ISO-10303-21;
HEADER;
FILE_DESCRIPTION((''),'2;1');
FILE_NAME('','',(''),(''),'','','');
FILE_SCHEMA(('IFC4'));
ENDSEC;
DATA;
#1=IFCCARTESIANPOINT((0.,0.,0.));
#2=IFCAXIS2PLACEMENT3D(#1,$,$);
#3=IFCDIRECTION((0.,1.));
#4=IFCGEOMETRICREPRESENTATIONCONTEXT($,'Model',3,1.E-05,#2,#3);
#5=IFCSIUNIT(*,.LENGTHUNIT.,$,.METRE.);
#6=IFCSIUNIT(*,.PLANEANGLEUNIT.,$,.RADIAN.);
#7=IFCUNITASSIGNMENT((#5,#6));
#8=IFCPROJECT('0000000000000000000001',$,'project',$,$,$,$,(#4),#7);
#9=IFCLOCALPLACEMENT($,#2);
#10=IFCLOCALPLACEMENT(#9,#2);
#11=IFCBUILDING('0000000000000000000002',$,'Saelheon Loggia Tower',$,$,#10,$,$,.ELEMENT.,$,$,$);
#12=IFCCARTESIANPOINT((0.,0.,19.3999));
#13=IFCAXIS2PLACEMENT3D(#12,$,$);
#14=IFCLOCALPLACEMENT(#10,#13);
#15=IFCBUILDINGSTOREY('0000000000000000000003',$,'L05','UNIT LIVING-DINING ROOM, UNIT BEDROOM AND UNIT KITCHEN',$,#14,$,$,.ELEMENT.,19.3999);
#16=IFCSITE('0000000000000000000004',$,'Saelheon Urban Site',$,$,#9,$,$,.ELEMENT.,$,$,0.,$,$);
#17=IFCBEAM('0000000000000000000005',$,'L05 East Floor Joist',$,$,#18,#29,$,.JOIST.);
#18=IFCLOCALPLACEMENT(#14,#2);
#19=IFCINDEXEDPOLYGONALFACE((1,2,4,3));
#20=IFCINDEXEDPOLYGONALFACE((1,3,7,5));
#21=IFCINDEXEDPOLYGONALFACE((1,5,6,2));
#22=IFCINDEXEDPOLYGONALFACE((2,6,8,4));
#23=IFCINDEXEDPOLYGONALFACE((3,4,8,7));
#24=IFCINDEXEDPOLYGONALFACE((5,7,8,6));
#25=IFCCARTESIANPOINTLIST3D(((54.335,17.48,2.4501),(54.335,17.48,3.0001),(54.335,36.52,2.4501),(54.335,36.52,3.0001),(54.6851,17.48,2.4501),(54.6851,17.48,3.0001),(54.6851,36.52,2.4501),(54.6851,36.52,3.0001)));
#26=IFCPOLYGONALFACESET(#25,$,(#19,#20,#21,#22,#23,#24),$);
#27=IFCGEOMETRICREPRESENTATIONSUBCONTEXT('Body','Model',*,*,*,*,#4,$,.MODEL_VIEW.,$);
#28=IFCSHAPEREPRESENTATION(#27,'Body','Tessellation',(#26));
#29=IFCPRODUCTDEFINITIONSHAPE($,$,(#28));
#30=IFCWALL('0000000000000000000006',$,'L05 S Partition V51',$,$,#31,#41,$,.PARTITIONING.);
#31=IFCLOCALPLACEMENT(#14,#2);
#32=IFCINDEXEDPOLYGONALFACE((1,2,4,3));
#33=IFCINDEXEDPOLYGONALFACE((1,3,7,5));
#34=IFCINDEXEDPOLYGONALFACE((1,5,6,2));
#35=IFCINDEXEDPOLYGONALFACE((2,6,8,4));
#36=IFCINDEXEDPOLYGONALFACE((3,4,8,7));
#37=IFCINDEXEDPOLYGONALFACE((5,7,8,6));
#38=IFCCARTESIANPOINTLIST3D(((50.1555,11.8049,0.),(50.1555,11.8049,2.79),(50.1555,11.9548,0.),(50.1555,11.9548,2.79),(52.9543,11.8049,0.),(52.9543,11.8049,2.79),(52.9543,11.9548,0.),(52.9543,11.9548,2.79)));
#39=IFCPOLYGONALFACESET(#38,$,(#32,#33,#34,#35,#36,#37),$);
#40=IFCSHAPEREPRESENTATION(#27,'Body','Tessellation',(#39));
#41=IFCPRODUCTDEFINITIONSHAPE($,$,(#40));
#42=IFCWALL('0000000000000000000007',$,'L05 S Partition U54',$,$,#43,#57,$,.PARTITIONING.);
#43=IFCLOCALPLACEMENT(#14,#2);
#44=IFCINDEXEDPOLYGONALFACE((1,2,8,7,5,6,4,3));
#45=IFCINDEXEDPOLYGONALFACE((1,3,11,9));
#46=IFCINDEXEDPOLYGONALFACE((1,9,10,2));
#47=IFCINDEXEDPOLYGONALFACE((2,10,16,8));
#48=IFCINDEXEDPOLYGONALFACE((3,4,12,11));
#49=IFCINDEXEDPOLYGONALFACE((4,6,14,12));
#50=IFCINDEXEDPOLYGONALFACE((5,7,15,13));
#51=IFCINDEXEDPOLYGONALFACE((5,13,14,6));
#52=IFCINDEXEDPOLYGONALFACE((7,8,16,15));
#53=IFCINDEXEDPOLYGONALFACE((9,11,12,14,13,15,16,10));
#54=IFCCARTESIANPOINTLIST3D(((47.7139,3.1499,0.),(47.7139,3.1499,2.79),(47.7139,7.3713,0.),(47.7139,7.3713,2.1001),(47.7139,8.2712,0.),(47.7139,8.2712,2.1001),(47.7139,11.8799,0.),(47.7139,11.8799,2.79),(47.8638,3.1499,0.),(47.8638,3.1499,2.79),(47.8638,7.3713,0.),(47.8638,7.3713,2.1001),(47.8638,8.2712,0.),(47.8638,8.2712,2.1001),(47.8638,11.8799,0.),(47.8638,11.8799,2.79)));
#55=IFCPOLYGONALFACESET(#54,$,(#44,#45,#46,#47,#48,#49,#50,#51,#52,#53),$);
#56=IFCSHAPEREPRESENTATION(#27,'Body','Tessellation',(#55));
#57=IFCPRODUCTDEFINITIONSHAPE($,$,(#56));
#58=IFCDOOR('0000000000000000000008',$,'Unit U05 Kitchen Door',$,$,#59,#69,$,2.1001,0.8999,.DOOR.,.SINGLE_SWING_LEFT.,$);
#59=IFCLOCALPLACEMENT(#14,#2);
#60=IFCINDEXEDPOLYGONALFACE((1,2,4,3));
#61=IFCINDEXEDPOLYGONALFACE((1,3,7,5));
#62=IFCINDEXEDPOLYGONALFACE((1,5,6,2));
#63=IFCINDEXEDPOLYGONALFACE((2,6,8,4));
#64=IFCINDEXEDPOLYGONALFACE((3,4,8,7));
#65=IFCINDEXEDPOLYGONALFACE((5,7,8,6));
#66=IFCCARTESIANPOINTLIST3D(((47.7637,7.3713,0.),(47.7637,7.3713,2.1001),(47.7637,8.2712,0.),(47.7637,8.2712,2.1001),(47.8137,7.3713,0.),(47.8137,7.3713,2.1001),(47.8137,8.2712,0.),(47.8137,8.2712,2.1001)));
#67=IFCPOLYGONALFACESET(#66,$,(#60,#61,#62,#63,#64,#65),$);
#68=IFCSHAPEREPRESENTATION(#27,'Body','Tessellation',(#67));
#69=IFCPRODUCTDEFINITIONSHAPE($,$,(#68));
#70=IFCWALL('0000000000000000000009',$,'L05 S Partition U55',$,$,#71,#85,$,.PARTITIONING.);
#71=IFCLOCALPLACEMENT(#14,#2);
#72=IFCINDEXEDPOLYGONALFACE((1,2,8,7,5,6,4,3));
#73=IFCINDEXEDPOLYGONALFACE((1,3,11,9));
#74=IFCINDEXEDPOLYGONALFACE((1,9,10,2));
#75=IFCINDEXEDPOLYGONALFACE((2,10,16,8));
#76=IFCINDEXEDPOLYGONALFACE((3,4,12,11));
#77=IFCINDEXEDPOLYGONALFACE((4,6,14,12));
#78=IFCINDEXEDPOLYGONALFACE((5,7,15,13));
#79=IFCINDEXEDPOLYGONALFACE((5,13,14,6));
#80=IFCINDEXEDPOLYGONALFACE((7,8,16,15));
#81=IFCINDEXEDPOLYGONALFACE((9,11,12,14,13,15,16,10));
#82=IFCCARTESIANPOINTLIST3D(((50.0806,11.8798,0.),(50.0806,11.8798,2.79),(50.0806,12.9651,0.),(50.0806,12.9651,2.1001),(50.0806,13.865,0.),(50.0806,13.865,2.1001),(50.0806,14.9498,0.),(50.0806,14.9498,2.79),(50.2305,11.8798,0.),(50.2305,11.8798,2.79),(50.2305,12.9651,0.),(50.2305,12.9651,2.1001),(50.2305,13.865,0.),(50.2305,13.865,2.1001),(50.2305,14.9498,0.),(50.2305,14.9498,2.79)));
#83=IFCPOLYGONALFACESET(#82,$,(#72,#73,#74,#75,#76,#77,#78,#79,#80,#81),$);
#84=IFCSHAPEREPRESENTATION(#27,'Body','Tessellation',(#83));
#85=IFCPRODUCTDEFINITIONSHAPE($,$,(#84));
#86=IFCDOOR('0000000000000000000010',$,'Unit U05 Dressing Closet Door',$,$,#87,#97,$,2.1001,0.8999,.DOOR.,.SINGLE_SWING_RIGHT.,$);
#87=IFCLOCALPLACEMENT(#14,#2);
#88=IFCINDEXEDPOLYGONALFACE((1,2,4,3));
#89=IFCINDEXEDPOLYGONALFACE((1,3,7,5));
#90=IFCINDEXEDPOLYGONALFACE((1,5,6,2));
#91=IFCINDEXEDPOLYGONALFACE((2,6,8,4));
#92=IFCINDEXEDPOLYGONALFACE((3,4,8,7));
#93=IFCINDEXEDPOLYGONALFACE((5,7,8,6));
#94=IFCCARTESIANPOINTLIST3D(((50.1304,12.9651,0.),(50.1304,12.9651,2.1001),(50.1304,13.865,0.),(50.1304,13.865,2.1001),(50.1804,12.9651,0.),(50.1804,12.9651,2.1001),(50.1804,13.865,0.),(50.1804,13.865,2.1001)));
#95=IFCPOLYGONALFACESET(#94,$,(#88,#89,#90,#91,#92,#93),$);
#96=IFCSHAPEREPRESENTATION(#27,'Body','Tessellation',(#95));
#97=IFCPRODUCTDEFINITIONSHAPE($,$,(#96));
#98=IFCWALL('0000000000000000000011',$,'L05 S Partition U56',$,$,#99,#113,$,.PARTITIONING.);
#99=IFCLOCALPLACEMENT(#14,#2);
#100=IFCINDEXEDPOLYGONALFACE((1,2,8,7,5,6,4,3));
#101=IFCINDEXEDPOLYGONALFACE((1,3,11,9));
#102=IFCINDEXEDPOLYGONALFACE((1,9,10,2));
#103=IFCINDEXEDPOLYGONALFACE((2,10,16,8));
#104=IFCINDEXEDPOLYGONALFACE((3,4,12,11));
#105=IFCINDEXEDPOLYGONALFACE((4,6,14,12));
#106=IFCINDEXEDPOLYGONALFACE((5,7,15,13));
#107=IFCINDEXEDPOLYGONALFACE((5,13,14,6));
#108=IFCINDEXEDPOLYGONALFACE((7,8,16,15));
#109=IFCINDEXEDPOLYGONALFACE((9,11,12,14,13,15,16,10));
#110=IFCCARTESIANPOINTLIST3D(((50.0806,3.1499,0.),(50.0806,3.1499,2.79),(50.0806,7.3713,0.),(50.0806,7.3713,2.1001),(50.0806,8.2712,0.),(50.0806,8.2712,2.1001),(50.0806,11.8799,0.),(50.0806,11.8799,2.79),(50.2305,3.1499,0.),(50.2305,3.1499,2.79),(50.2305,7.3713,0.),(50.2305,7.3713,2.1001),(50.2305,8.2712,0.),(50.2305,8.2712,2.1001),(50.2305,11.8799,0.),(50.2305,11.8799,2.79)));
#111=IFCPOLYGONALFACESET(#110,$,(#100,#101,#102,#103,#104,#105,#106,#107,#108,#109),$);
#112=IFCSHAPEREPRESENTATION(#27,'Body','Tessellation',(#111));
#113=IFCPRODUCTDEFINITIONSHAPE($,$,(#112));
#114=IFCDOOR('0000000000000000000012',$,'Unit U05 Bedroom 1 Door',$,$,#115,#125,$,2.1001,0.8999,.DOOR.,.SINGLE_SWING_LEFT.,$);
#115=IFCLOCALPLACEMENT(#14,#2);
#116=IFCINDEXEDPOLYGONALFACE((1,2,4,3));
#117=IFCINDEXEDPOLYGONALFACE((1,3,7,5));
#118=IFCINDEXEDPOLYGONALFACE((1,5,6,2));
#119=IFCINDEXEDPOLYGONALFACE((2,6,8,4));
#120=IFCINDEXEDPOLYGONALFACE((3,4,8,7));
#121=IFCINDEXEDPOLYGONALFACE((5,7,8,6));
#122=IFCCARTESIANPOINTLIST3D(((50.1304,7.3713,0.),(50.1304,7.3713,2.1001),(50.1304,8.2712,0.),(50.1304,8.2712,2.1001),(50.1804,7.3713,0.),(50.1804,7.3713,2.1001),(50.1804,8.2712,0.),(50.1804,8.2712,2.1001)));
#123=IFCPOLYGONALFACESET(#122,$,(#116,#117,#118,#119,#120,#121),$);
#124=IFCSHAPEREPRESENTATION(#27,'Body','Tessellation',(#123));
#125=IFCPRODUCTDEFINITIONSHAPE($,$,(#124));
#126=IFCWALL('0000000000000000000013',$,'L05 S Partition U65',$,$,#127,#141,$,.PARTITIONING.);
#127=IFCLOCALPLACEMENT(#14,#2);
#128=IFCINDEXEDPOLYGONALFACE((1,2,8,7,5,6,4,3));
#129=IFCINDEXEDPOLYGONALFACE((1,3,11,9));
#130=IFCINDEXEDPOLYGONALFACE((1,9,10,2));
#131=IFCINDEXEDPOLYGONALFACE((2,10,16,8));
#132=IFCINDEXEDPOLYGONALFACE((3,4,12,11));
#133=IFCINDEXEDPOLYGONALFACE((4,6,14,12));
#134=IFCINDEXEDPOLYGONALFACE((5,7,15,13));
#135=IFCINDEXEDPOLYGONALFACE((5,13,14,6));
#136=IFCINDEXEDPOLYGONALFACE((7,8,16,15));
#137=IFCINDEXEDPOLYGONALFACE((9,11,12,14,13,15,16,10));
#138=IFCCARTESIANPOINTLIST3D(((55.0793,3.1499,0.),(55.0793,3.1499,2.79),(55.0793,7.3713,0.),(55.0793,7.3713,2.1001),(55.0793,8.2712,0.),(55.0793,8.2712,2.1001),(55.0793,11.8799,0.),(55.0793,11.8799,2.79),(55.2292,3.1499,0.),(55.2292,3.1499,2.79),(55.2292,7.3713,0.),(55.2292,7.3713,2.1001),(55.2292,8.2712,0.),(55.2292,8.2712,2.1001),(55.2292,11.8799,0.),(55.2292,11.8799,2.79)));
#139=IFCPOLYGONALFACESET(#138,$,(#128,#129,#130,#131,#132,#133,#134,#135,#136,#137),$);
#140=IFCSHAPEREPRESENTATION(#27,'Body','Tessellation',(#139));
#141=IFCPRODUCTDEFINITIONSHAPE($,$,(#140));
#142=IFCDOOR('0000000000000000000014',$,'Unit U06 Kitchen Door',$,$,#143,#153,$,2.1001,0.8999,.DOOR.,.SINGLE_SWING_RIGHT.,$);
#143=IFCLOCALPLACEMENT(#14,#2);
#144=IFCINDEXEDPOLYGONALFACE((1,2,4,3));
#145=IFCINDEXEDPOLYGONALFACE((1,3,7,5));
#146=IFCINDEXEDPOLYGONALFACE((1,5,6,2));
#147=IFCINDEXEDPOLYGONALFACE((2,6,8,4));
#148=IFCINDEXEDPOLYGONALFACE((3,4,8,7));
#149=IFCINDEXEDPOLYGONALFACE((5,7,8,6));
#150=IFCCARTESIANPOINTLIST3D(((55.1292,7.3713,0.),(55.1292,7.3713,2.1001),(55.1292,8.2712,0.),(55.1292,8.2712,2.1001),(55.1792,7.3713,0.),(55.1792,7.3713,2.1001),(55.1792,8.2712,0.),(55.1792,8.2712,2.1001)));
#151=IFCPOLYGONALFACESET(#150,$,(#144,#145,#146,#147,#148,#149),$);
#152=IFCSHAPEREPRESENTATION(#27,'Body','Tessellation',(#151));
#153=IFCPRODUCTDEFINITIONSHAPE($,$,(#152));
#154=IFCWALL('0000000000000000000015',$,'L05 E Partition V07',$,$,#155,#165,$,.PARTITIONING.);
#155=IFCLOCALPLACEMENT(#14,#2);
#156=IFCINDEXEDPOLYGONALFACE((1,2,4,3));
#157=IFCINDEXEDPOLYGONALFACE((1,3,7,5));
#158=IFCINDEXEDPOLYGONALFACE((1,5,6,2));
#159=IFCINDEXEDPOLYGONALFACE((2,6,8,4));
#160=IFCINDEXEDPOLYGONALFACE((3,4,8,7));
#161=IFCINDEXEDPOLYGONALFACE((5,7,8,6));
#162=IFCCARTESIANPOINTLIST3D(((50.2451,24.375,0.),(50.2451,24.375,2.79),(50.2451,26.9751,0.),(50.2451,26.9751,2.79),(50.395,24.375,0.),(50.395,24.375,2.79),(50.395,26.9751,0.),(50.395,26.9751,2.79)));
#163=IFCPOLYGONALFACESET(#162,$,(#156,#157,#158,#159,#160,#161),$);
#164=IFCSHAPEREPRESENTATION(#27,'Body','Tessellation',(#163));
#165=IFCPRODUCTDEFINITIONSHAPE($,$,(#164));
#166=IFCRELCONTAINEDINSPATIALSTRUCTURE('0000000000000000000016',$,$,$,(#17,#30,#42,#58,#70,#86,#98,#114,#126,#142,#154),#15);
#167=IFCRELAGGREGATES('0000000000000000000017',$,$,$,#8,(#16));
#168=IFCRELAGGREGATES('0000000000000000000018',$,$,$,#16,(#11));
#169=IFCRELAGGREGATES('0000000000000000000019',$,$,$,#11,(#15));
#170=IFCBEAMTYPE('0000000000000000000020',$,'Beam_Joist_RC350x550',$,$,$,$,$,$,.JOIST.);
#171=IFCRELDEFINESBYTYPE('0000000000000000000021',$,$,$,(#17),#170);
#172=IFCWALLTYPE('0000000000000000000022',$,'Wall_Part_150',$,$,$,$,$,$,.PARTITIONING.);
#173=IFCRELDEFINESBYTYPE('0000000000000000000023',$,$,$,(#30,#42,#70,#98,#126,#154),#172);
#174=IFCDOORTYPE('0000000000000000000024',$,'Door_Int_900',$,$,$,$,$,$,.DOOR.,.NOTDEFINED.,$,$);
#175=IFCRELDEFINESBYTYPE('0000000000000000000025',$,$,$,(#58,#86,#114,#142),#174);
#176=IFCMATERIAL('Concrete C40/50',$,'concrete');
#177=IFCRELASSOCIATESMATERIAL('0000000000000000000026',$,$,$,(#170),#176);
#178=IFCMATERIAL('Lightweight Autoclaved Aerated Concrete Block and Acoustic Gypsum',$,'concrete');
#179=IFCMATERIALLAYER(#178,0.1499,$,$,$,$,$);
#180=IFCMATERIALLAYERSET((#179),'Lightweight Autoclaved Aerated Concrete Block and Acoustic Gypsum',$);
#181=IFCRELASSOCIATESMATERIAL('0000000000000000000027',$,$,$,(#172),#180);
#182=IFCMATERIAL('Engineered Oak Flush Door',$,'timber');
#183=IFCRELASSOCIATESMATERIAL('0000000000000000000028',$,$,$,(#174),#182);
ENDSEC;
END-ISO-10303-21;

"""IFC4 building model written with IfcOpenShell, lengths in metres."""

from ifc_helpers import new_model, si_unit, direction, frame, frame_2d, origin, origin_2d, place, context, subcontext, project, spatial, rectangle, extrude, source, transform, mapped, material, layer, layer_set, material_profile, profile_set, type_object, element, fill, save


model = new_model("IFC4")

# Units and contexts
model_context = context("Model", 3, precision=1e-05, world=origin(), true_north=direction((0.0, 1.0)))
body_context = subcontext(model_context, "Body", "Model", "MODEL_VIEW")
ifc_project = project(units=[si_unit("LENGTHUNIT", "METRE"), si_unit("PLANEANGLEUNIT", "RADIAN")], contexts=[model_context])

# Site, building, storey
site_placement = place(None, origin())
site = spatial("IfcSite", under=ifc_project, at=site_placement, Name="Saelheon Urban Site", CompositionType="ELEMENT", RefElevation=0.0)
building_placement = place(site_placement, origin())
building = spatial("IfcBuilding", under=site, at=building_placement, Name="Saelheon Loggia Tower", CompositionType="ELEMENT")
storey_placement = place(building_placement, frame((0.0, 0.0, 19.3999)))
storey = spatial("IfcBuildingStorey", under=building, at=storey_placement, Name="L05", Description="UNIT LIVING-DINING ROOM, UNIT BEDROOM AND UNIT KITCHEN", CompositionType="ELEMENT", Elevation=19.3999)

# Beam
ifc_material_1 = material(Name="Concrete C40/50", Category="concrete")
ifc_material_profile = material_profile(ifc_material_1, rectangle(XDim=0.3501, YDim=0.55, at=origin_2d()), Name="RC-350x550")
ifc_profile_set = profile_set([ifc_material_profile], Name="Concrete C40/50")
beam_type = type_object("IfcBeamType", Name="Beam_Joist_RC350x550", PredefinedType="JOIST", material=ifc_profile_set)
shared_shape_1 = source(origin(), body_context, "Body", "SweptSolid", [
    extrude(rectangle(XDim=0.3501, YDim=0.55, at=origin_2d()), origin(), (0.0, 0.0, 1.0), 19.04),
])
beam_placement = place(storey_placement, frame((54.51, 17.48, 2.7251), z_axis=(0.0, 1.0, 0.0), x_axis=(-1.0, 0.0, 0.0)))
element("IfcBeam", 1, at=beam_placement, inside=storey, type_object=beam_type, Name="L05 East Floor Joist", PredefinedType="JOIST", context=body_context, shape_type="MappedRepresentation", body=[
    mapped(shared_shape_1, transform((0.0, 0.0, 0.0), scale=1.0)),
])

# Wall
ifc_material_2 = material(Name="Lightweight Autoclaved Aerated Concrete Block and Acoustic Gypsum", Category="concrete")
ifc_layer_1 = layer(ifc_material_2, 0.1499)
ifc_layer_set_1 = layer_set([ifc_layer_1], Name="Lightweight Autoclaved Aerated Concrete Block and Acoustic Gypsum")
wall_type_1 = type_object("IfcWallType", Name="Wall_Part_150", PredefinedType="PARTITIONING", material=ifc_layer_set_1)
wall_1_placement = place(storey_placement, frame((50.1555, 11.8799, 0.0), z_axis=(0.0, 0.0, 1.0), x_axis=(1.0, 0.0, 0.0)))
element("IfcWall", 2, at=wall_1_placement, inside=storey, type_object=wall_type_1, Name="L05 S Partition V51", PredefinedType="PARTITIONING", context=body_context, shape_type="SweptSolid", body=[
    extrude(rectangle(XDim=2.7988, YDim=0.1499, at=frame_2d((1.3994, 0.0))), origin(), (0.0, 0.0, 1.0), 2.79),
])

# Walls, openings, doors
wall_2_placement = place(storey_placement, frame((47.7888, 11.8799, 0.0), z_axis=(0.0, 0.0, 1.0), x_axis=(0.0, -1.0, 0.0)))
wall_2 = element("IfcWall", 3, at=wall_2_placement, inside=storey, type_object=wall_type_1, Name="L05 S Partition U54", PredefinedType="PARTITIONING", context=body_context, shape_type="SweptSolid", body=[
    extrude(rectangle(XDim=8.73, YDim=0.1499, at=frame_2d((4.365, 0.0))), origin(), (0.0, 0.0, 1.0), 2.79),
])
opening_1_placement = place(wall_2_placement, frame((3.6086, 0.0, 0.0)))
opening_1 = element("IfcOpeningElement", 4, at=opening_1_placement, cuts=wall_2, PredefinedType="OPENING", context=body_context, shape_type="SweptSolid", body=[
    extrude(rectangle(XDim=0.8999, YDim=2.1001, at=frame_2d((0.45, 1.05))), frame((0.0, 0.0869, 0.0), z_axis=(0.0, -1.0, 0.0), x_axis=(1.0, 0.0, 0.0)), (0.0, 0.0, 1.0), 0.1738),
])
ifc_material_3 = material(Name="Engineered Oak Flush Door", Category="timber")
door_type_1 = type_object("IfcDoorType", Name="Door_Int_900", OperationType="NOTDEFINED", PredefinedType="DOOR", material=ifc_material_3)
shared_shape_2 = source(origin(), body_context, "Body", "SweptSolid", [
    extrude(rectangle(XDim=0.8999, YDim=2.1001, at=frame_2d((0.45, 1.05))), frame((0.0, 0.0249, 0.0), z_axis=(0.0, -1.0, 0.0), x_axis=(1.0, 0.0, 0.0)), (0.0, 0.0, 1.0), 0.05),
])
door_1_placement = place(opening_1_placement, origin())
door_1 = element("IfcDoor", 5, at=door_1_placement, inside=storey, type_object=door_type_1, Name="Unit U05 Kitchen Door", OperationType="SINGLE_SWING_LEFT", OverallHeight=2.1001, OverallWidth=0.8999, PredefinedType="DOOR", context=body_context, shape_type="MappedRepresentation", body=[
    mapped(shared_shape_2, transform((0.0, 0.0, 0.0), scale=1.0)),
])
fill(opening_1, door_1)
wall_3_placement = place(storey_placement, frame((50.1555, 14.95, 0.0), z_axis=(0.0, 0.0, 1.0), x_axis=(0.0, -1.0, 0.0)))
wall_3 = element("IfcWall", 6, at=wall_3_placement, inside=storey, type_object=wall_type_1, Name="L05 S Partition U55", PredefinedType="PARTITIONING", context=body_context, shape_type="SweptSolid", body=[
    extrude(rectangle(XDim=3.0701, YDim=0.1499, at=frame_2d((1.5352, 0.0))), origin(), (0.0, 0.0, 1.0), 2.79),
])
opening_2_placement = place(wall_3_placement, frame((1.085, 0.0, 0.0)))
opening_2 = element("IfcOpeningElement", 7, at=opening_2_placement, cuts=wall_3, PredefinedType="OPENING", context=body_context, shape_type="SweptSolid", body=[
    extrude(rectangle(XDim=0.8999, YDim=2.1001, at=frame_2d((0.45, 1.05))), frame((0.0, 0.0869, 0.0), z_axis=(0.0, -1.0, 0.0), x_axis=(1.0, 0.0, 0.0)), (0.0, 0.0, 1.0), 0.1738),
])
door_2_placement = place(opening_2_placement, origin())
door_2 = element("IfcDoor", 8, at=door_2_placement, inside=storey, type_object=door_type_1, Name="Unit U05 Dressing Closet Door", OperationType="SINGLE_SWING_RIGHT", OverallHeight=2.1001, OverallWidth=0.8999, PredefinedType="DOOR", context=body_context, shape_type="MappedRepresentation", body=[
    mapped(shared_shape_2, transform((0.0, 0.0, 0.0), scale=1.0)),
])
fill(opening_2, door_2)
wall_4_placement = place(storey_placement, frame((50.1555, 11.8799, 0.0), z_axis=(0.0, 0.0, 1.0), x_axis=(0.0, -1.0, 0.0)))
wall_4 = element("IfcWall", 9, at=wall_4_placement, inside=storey, type_object=wall_type_1, Name="L05 S Partition U56", PredefinedType="PARTITIONING", context=body_context, shape_type="SweptSolid", body=[
    extrude(rectangle(XDim=8.73, YDim=0.1499, at=frame_2d((4.365, 0.0))), origin(), (0.0, 0.0, 1.0), 2.79),
])
opening_3_placement = place(wall_4_placement, frame((3.6086, 0.0, 0.0)))
opening_3 = element("IfcOpeningElement", 10, at=opening_3_placement, cuts=wall_4, PredefinedType="OPENING", context=body_context, shape_type="SweptSolid", body=[
    extrude(rectangle(XDim=0.8999, YDim=2.1001, at=frame_2d((0.45, 1.05))), frame((0.0, 0.0869, 0.0), z_axis=(0.0, -1.0, 0.0), x_axis=(1.0, 0.0, 0.0)), (0.0, 0.0, 1.0), 0.1738),
])
door_3_placement = place(opening_3_placement, origin())
door_3 = element("IfcDoor", 11, at=door_3_placement, inside=storey, type_object=door_type_1, Name="Unit U05 Bedroom 1 Door", OperationType="SINGLE_SWING_LEFT", OverallHeight=2.1001, OverallWidth=0.8999, PredefinedType="DOOR", context=body_context, shape_type="MappedRepresentation", body=[
    mapped(shared_shape_2, transform((0.0, 0.0, 0.0), scale=1.0)),
])
fill(opening_3, door_3)
wall_5_placement = place(storey_placement, frame((55.1543, 11.8799, 0.0), z_axis=(0.0, 0.0, 1.0), x_axis=(0.0, -1.0, 0.0)))
wall_5 = element("IfcWall", 12, at=wall_5_placement, inside=storey, type_object=wall_type_1, Name="L05 S Partition U65", PredefinedType="PARTITIONING", context=body_context, shape_type="SweptSolid", body=[
    extrude(rectangle(XDim=8.73, YDim=0.1499, at=frame_2d((4.365, 0.0))), origin(), (0.0, 0.0, 1.0), 2.79),
])
opening_4_placement = place(wall_5_placement, frame((3.6086, 0.0, 0.0)))
opening_4 = element("IfcOpeningElement", 13, at=opening_4_placement, cuts=wall_5, PredefinedType="OPENING", context=body_context, shape_type="SweptSolid", body=[
    extrude(rectangle(XDim=0.8999, YDim=2.1001, at=frame_2d((0.45, 1.05))), frame((0.0, 0.0869, 0.0), z_axis=(0.0, -1.0, 0.0), x_axis=(1.0, 0.0, 0.0)), (0.0, 0.0, 1.0), 0.1738),
])
door_4_placement = place(opening_4_placement, origin())
door_4 = element("IfcDoor", 14, at=door_4_placement, inside=storey, type_object=door_type_1, Name="Unit U06 Kitchen Door", OperationType="SINGLE_SWING_RIGHT", OverallHeight=2.1001, OverallWidth=0.8999, PredefinedType="DOOR", context=body_context, shape_type="MappedRepresentation", body=[
    mapped(shared_shape_2, transform((0.0, 0.0, 0.0), scale=1.0)),
])
fill(opening_4, door_4)

# Wall
wall_6_placement = place(storey_placement, frame((50.3201, 24.375, 0.0), z_axis=(0.0, 0.0, 1.0), x_axis=(0.0, 1.0, 0.0)))
element("IfcWall", 15, at=wall_6_placement, inside=storey, type_object=wall_type_1, Name="L05 E Partition V07", PredefinedType="PARTITIONING", context=body_context, shape_type="SweptSolid", body=[
    extrude(rectangle(XDim=2.6001, YDim=0.1499, at=frame_2d((1.3, 0.0))), origin(), (0.0, 0.0, 1.0), 2.79),
])

save(model, "model.ifc")
